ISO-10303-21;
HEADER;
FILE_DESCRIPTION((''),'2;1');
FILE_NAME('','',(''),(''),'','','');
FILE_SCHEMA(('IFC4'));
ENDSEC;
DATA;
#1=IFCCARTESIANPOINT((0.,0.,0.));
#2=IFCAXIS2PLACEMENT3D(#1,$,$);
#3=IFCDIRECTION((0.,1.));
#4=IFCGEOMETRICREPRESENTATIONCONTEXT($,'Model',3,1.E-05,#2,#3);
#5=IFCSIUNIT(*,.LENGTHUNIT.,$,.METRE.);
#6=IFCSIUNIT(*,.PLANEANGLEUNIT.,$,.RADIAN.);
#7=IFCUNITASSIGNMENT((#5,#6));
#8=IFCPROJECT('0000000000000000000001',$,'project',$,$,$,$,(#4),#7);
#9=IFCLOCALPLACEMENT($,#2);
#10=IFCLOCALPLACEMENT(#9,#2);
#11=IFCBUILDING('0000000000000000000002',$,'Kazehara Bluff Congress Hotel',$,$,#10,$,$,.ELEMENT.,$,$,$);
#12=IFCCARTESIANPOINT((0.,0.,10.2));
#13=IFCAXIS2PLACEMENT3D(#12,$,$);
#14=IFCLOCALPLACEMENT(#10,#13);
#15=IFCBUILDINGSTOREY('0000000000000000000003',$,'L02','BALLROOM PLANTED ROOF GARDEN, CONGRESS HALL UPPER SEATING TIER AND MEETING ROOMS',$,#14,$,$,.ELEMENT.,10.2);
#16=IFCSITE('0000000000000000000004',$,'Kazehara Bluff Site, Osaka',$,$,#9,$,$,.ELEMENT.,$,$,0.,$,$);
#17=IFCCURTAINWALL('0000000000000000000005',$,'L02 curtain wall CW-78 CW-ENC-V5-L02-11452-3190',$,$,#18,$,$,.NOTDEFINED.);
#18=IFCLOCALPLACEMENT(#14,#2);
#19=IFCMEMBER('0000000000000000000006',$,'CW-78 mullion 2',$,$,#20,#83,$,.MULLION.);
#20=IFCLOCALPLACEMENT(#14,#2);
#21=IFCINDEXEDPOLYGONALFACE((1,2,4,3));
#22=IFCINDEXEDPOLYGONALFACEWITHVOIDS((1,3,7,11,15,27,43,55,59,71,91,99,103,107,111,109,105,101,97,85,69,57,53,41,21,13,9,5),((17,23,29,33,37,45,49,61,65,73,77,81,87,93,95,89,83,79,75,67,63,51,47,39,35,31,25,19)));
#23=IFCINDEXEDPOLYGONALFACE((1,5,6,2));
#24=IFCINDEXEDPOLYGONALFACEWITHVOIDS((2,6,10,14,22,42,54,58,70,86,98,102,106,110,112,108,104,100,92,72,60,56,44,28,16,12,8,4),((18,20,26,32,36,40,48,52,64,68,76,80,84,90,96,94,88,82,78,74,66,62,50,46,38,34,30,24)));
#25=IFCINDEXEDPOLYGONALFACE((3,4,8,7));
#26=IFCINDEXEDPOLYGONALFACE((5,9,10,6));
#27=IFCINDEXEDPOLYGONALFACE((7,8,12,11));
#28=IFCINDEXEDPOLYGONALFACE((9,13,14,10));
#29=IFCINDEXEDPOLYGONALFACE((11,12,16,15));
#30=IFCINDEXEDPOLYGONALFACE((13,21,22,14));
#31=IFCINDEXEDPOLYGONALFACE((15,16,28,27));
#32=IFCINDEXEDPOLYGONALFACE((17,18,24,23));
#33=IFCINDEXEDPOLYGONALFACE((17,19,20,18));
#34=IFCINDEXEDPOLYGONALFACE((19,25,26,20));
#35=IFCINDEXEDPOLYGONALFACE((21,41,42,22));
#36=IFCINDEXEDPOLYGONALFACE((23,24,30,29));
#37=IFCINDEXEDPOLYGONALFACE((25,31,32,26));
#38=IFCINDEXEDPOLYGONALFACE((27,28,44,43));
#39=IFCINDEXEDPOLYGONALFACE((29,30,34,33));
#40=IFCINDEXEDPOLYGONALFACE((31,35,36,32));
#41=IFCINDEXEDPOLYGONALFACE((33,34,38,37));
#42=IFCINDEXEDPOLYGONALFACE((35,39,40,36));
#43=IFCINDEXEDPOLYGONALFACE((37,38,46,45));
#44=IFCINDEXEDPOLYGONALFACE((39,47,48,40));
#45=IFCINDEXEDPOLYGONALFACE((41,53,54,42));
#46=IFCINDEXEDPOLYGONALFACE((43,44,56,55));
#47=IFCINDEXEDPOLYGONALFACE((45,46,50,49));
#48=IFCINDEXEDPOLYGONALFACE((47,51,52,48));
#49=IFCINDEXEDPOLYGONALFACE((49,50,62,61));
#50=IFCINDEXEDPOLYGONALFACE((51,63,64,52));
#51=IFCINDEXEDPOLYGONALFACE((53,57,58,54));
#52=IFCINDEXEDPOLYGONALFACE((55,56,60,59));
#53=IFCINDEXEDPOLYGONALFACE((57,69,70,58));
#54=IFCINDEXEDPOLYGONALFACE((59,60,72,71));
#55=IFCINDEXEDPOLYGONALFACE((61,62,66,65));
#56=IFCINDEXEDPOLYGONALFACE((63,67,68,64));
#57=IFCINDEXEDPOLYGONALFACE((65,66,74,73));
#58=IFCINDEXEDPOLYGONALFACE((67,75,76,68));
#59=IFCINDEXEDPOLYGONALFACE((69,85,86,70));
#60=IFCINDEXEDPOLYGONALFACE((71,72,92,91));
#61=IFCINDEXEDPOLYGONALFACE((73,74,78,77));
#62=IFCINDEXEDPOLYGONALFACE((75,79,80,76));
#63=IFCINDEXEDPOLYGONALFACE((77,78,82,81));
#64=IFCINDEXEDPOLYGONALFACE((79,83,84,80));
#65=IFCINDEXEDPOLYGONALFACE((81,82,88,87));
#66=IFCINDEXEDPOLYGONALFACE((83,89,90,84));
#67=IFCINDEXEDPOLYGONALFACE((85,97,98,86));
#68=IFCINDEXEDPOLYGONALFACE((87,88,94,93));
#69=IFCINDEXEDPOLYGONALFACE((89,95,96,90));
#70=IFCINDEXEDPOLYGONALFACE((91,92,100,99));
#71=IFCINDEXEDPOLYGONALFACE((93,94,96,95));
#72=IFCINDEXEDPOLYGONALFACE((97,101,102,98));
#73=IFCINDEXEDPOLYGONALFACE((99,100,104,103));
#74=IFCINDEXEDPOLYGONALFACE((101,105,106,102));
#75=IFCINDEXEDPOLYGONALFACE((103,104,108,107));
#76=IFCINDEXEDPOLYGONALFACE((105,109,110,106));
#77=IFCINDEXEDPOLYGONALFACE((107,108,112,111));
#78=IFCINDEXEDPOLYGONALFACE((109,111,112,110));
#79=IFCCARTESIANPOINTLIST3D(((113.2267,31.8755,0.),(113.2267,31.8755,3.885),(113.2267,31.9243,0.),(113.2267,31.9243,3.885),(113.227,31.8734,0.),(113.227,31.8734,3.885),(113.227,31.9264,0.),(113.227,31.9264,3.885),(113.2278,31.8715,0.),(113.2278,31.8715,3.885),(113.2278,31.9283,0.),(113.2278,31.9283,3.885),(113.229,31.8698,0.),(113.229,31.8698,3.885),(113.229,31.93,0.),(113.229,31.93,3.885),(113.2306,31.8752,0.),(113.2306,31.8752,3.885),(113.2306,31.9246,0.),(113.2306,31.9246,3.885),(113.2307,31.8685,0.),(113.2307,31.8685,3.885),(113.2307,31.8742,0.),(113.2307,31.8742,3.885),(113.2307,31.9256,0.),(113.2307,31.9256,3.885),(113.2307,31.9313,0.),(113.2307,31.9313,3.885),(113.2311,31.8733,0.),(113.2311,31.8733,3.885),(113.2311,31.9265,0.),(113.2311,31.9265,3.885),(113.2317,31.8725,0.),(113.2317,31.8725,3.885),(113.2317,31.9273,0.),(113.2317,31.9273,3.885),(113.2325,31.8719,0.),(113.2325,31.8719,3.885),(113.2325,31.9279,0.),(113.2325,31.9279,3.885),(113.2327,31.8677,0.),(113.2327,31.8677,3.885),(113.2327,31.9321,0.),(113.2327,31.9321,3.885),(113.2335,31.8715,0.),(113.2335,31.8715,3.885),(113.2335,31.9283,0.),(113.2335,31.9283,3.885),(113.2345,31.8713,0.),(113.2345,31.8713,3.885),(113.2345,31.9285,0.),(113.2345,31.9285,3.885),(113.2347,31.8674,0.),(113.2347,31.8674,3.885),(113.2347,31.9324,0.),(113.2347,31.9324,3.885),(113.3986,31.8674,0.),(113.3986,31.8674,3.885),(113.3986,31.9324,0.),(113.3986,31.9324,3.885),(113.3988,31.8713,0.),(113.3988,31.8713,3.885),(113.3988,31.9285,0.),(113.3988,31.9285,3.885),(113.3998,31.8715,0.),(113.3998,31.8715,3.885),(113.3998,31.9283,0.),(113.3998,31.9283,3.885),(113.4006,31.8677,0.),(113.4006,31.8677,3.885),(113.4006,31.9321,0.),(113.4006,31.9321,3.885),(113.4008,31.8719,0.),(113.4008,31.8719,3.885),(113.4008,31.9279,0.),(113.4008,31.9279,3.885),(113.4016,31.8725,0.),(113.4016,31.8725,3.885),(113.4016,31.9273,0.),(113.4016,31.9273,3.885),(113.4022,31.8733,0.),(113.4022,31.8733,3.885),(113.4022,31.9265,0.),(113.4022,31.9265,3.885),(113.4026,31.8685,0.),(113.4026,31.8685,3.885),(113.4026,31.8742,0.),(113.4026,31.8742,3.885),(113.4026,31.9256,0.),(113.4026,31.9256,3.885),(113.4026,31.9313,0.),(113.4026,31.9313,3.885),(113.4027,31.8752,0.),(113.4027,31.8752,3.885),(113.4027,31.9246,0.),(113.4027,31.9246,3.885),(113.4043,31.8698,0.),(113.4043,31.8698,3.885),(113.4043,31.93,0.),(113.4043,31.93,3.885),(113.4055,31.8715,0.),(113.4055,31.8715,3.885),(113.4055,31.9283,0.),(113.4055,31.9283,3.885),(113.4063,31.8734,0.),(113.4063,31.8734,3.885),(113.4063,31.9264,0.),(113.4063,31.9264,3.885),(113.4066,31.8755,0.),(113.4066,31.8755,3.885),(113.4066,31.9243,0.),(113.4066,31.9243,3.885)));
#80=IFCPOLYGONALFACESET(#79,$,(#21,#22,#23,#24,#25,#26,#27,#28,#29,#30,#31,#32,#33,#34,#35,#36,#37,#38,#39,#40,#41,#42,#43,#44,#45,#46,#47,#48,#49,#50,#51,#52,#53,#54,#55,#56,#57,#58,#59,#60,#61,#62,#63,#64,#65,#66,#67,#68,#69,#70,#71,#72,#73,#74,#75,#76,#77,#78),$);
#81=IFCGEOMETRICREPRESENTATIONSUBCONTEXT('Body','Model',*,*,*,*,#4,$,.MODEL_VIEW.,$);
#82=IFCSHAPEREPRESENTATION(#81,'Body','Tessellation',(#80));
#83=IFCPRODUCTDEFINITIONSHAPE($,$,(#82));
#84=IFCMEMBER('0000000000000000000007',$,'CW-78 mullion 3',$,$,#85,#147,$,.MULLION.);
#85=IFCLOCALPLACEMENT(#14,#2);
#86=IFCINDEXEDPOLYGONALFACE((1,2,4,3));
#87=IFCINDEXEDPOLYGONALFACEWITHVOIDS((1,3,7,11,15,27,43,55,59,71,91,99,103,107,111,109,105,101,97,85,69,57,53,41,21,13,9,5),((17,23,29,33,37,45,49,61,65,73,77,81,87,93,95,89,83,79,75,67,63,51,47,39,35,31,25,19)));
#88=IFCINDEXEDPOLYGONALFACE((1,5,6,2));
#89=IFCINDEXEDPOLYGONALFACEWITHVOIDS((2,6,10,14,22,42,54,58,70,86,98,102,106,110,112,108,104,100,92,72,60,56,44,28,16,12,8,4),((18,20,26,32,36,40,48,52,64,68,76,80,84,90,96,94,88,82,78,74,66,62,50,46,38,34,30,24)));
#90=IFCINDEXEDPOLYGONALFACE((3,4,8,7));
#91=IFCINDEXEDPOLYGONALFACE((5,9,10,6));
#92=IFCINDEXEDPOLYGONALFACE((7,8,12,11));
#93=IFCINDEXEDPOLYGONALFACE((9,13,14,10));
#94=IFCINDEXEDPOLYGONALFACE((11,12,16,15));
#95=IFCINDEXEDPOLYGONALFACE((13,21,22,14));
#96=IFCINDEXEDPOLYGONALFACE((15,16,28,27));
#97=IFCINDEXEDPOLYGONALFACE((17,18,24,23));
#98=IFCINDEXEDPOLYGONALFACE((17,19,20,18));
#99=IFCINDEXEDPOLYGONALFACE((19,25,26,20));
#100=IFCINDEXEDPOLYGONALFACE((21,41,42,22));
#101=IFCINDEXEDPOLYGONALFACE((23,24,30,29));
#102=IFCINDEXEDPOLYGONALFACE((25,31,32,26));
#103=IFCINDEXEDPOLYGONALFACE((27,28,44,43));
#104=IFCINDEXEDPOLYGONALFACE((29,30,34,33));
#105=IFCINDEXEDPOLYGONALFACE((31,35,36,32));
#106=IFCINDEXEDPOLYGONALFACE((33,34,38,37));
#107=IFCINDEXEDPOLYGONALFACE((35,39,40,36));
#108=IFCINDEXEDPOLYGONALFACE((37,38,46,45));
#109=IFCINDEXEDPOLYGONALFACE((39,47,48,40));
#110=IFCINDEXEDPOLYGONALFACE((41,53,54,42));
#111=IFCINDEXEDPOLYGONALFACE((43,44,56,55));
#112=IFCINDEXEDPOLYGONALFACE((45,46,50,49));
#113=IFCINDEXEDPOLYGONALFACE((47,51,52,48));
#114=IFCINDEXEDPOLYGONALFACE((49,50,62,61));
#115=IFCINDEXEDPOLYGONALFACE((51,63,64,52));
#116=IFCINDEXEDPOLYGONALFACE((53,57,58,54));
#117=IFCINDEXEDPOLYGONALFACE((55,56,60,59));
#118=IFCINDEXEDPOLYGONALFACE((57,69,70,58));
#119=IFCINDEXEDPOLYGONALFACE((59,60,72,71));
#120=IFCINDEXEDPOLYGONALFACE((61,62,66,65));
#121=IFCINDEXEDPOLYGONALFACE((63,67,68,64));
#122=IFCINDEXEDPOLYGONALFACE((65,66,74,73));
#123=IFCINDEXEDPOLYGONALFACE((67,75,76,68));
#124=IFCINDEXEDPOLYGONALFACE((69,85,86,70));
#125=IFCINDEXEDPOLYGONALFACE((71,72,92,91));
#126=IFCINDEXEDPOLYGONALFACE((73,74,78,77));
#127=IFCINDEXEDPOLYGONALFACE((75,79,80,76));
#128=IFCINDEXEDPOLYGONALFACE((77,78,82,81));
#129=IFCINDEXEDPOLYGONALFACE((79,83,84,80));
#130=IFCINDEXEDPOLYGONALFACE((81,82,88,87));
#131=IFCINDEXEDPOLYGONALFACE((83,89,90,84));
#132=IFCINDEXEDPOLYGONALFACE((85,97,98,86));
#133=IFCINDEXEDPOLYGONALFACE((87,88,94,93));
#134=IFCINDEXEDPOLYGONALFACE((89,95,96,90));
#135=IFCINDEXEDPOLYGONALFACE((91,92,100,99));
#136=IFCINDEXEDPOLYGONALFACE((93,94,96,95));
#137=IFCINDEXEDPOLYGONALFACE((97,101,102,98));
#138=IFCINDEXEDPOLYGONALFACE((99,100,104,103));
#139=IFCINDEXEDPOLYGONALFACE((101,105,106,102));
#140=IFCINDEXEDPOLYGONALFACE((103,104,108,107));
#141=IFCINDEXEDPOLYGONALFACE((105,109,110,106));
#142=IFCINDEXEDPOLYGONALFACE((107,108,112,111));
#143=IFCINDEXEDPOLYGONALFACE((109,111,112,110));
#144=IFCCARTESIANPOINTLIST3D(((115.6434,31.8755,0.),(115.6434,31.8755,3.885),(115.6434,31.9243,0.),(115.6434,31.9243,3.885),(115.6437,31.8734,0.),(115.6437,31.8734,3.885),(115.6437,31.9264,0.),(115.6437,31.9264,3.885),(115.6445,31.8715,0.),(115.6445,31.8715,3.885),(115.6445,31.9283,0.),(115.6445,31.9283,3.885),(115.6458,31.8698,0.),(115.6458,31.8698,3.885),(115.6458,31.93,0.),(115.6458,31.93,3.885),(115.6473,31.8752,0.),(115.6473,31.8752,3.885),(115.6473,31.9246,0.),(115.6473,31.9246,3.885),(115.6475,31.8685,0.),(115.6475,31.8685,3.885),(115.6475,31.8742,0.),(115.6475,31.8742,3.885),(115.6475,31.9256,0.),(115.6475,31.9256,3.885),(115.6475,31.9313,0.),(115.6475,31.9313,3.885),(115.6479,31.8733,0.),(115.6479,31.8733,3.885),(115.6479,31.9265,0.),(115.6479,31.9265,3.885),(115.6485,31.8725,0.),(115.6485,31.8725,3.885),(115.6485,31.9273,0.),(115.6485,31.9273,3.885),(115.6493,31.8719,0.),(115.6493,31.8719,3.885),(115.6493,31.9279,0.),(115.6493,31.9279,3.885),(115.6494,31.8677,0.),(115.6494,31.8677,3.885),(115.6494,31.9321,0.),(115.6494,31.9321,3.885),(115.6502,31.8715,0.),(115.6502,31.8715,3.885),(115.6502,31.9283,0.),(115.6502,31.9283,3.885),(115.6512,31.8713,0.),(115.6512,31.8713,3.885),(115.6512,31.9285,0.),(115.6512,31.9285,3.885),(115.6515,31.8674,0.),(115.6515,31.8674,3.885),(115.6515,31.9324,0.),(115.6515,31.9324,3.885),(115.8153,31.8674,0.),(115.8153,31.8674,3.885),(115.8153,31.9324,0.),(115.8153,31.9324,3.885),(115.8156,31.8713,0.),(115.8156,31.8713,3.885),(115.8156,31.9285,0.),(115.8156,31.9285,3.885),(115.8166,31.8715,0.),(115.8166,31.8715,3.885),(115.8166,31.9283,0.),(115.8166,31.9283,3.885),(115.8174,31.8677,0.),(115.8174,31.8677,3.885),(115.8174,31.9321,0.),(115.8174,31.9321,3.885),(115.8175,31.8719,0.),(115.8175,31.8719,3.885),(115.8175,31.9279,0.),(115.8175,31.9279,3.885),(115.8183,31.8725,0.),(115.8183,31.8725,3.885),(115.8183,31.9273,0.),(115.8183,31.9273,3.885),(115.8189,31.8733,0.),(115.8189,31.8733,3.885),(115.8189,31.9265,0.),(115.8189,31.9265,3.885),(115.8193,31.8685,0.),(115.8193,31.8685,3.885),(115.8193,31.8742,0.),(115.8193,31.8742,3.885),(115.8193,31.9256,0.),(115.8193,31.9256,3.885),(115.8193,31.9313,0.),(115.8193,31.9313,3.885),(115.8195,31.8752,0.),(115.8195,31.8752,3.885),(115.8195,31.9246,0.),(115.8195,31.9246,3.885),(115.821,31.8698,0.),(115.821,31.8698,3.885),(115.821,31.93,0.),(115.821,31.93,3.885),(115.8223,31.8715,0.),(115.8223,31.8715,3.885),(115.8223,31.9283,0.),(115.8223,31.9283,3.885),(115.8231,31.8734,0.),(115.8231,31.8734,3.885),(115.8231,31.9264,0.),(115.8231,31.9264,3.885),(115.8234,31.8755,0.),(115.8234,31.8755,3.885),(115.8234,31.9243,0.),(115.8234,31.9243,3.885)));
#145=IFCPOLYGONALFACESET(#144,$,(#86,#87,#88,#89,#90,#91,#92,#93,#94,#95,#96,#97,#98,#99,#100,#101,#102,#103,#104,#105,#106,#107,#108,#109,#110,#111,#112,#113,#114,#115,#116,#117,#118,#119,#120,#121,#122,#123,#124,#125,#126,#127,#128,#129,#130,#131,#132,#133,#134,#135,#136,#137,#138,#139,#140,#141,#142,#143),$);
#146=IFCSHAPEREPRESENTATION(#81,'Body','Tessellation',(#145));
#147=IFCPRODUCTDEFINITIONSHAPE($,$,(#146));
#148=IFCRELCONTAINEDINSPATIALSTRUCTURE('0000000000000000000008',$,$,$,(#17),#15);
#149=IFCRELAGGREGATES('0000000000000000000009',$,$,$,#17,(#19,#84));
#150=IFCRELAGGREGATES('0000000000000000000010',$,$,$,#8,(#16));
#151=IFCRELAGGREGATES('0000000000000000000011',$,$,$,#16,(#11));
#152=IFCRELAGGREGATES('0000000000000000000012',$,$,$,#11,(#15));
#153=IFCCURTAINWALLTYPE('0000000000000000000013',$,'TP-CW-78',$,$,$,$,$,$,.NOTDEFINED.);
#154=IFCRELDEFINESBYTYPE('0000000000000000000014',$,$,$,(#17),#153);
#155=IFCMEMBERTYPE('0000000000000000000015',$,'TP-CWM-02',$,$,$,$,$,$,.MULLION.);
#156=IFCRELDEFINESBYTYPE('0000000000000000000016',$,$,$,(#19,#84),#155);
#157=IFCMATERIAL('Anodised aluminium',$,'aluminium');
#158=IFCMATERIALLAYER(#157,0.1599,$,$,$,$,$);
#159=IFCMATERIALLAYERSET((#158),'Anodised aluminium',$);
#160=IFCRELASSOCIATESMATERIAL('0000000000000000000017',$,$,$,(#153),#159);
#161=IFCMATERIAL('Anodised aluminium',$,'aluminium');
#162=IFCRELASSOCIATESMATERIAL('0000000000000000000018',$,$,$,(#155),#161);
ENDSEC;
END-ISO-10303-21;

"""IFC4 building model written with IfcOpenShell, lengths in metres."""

from ifc_helpers import new_model, si_unit, direction, frame, origin, origin_2d, place, context, subcontext, project, spatial, hollow_rectangle, extrude, material, layer, layer_set, material_profile, profile_set, type_object, element, aggregate, save


model = new_model("IFC4")

# Units and contexts
model_context = context("Model", 3, precision=1e-05, world=origin(), true_north=direction((0.0, 1.0)))
body_context = subcontext(model_context, "Body", "Model", "MODEL_VIEW")
ifc_project = project(units=[si_unit("LENGTHUNIT", "METRE"), si_unit("PLANEANGLEUNIT", "RADIAN")], contexts=[model_context])

# Site, building, storey
site_placement = place(None, origin())
site = spatial("IfcSite", under=ifc_project, at=site_placement, Name="Kazehara Bluff Site, Osaka", CompositionType="ELEMENT", RefElevation=0.0)
building_placement = place(site_placement, origin())
building = spatial("IfcBuilding", under=site, at=building_placement, Name="Kazehara Bluff Congress Hotel", CompositionType="ELEMENT")
storey_placement = place(building_placement, frame((0.0, 0.0, 10.2)))
storey = spatial("IfcBuildingStorey", under=building, at=storey_placement, Name="L02", Description="BALLROOM PLANTED ROOF GARDEN, CONGRESS HALL UPPER SEATING TIER AND MEETING ROOMS", CompositionType="ELEMENT", Elevation=10.2)

# Curtain wall, members
ifc_material_1 = material(Name="Anodised aluminium", Category="aluminium")
ifc_layer_1 = layer(ifc_material_1, 0.1599)
ifc_layer_set_1 = layer_set([ifc_layer_1], Name="Anodised aluminium")
curtain_wall_type = type_object("IfcCurtainWallType", Name="TP-CW-78", PredefinedType="NOTDEFINED", material=ifc_layer_set_1)
curtain_wall_placement = place(storey_placement, origin())
curtain_wall = element("IfcCurtainWall", 1, at=curtain_wall_placement, inside=storey, type_object=curtain_wall_type, Name="L02 curtain wall CW-78 CW-ENC-V5-L02-11452-3190", PredefinedType="NOTDEFINED")
ifc_material_2 = material(Name="Anodised aluminium", Category="aluminium")
ifc_material_profile_1 = material_profile(ifc_material_2, hollow_rectangle(XDim=0.0649, YDim=0.1799, WallThickness=0.0039, InnerFilletRadius=0.0039, OuterFilletRadius=0.0081, at=origin_2d()))
ifc_profile_set_1 = profile_set([ifc_material_profile_1], Name="Anodised aluminium")
member_type_1 = type_object("IfcMemberType", Name="TP-CWM-02", PredefinedType="MULLION", material=ifc_profile_set_1)
member_1_placement = place(storey_placement, frame((113.3167, 31.8999, 0.0), z_axis=(0.0, 0.0, 1.0), x_axis=(0.0, 1.0, 0.0)))
member_1 = element("IfcMember", 2, at=member_1_placement, type_object=member_type_1, Name="CW-78 mullion 2", PredefinedType="MULLION", context=body_context, shape_type="SweptSolid", body=[
    extrude(hollow_rectangle(XDim=0.0649, YDim=0.1799, WallThickness=0.0039, InnerFilletRadius=0.0039, OuterFilletRadius=0.0081, at=origin_2d()), origin(), (0.0, 0.0, 1.0), 3.885),
])
member_2_placement = place(storey_placement, frame((115.7334, 31.8999, 0.0), z_axis=(0.0, 0.0, 1.0), x_axis=(0.0, 1.0, 0.0)))
member_2 = element("IfcMember", 3, at=member_2_placement, type_object=member_type_1, Name="CW-78 mullion 3", PredefinedType="MULLION", context=body_context, shape_type="SweptSolid", body=[
    extrude(hollow_rectangle(XDim=0.0649, YDim=0.1799, WallThickness=0.0039, InnerFilletRadius=0.0039, OuterFilletRadius=0.0081, at=origin_2d()), origin(), (0.0, 0.0, 1.0), 3.885),
])

aggregate(curtain_wall, [member_1, member_2])

save(model, "model.ifc")
